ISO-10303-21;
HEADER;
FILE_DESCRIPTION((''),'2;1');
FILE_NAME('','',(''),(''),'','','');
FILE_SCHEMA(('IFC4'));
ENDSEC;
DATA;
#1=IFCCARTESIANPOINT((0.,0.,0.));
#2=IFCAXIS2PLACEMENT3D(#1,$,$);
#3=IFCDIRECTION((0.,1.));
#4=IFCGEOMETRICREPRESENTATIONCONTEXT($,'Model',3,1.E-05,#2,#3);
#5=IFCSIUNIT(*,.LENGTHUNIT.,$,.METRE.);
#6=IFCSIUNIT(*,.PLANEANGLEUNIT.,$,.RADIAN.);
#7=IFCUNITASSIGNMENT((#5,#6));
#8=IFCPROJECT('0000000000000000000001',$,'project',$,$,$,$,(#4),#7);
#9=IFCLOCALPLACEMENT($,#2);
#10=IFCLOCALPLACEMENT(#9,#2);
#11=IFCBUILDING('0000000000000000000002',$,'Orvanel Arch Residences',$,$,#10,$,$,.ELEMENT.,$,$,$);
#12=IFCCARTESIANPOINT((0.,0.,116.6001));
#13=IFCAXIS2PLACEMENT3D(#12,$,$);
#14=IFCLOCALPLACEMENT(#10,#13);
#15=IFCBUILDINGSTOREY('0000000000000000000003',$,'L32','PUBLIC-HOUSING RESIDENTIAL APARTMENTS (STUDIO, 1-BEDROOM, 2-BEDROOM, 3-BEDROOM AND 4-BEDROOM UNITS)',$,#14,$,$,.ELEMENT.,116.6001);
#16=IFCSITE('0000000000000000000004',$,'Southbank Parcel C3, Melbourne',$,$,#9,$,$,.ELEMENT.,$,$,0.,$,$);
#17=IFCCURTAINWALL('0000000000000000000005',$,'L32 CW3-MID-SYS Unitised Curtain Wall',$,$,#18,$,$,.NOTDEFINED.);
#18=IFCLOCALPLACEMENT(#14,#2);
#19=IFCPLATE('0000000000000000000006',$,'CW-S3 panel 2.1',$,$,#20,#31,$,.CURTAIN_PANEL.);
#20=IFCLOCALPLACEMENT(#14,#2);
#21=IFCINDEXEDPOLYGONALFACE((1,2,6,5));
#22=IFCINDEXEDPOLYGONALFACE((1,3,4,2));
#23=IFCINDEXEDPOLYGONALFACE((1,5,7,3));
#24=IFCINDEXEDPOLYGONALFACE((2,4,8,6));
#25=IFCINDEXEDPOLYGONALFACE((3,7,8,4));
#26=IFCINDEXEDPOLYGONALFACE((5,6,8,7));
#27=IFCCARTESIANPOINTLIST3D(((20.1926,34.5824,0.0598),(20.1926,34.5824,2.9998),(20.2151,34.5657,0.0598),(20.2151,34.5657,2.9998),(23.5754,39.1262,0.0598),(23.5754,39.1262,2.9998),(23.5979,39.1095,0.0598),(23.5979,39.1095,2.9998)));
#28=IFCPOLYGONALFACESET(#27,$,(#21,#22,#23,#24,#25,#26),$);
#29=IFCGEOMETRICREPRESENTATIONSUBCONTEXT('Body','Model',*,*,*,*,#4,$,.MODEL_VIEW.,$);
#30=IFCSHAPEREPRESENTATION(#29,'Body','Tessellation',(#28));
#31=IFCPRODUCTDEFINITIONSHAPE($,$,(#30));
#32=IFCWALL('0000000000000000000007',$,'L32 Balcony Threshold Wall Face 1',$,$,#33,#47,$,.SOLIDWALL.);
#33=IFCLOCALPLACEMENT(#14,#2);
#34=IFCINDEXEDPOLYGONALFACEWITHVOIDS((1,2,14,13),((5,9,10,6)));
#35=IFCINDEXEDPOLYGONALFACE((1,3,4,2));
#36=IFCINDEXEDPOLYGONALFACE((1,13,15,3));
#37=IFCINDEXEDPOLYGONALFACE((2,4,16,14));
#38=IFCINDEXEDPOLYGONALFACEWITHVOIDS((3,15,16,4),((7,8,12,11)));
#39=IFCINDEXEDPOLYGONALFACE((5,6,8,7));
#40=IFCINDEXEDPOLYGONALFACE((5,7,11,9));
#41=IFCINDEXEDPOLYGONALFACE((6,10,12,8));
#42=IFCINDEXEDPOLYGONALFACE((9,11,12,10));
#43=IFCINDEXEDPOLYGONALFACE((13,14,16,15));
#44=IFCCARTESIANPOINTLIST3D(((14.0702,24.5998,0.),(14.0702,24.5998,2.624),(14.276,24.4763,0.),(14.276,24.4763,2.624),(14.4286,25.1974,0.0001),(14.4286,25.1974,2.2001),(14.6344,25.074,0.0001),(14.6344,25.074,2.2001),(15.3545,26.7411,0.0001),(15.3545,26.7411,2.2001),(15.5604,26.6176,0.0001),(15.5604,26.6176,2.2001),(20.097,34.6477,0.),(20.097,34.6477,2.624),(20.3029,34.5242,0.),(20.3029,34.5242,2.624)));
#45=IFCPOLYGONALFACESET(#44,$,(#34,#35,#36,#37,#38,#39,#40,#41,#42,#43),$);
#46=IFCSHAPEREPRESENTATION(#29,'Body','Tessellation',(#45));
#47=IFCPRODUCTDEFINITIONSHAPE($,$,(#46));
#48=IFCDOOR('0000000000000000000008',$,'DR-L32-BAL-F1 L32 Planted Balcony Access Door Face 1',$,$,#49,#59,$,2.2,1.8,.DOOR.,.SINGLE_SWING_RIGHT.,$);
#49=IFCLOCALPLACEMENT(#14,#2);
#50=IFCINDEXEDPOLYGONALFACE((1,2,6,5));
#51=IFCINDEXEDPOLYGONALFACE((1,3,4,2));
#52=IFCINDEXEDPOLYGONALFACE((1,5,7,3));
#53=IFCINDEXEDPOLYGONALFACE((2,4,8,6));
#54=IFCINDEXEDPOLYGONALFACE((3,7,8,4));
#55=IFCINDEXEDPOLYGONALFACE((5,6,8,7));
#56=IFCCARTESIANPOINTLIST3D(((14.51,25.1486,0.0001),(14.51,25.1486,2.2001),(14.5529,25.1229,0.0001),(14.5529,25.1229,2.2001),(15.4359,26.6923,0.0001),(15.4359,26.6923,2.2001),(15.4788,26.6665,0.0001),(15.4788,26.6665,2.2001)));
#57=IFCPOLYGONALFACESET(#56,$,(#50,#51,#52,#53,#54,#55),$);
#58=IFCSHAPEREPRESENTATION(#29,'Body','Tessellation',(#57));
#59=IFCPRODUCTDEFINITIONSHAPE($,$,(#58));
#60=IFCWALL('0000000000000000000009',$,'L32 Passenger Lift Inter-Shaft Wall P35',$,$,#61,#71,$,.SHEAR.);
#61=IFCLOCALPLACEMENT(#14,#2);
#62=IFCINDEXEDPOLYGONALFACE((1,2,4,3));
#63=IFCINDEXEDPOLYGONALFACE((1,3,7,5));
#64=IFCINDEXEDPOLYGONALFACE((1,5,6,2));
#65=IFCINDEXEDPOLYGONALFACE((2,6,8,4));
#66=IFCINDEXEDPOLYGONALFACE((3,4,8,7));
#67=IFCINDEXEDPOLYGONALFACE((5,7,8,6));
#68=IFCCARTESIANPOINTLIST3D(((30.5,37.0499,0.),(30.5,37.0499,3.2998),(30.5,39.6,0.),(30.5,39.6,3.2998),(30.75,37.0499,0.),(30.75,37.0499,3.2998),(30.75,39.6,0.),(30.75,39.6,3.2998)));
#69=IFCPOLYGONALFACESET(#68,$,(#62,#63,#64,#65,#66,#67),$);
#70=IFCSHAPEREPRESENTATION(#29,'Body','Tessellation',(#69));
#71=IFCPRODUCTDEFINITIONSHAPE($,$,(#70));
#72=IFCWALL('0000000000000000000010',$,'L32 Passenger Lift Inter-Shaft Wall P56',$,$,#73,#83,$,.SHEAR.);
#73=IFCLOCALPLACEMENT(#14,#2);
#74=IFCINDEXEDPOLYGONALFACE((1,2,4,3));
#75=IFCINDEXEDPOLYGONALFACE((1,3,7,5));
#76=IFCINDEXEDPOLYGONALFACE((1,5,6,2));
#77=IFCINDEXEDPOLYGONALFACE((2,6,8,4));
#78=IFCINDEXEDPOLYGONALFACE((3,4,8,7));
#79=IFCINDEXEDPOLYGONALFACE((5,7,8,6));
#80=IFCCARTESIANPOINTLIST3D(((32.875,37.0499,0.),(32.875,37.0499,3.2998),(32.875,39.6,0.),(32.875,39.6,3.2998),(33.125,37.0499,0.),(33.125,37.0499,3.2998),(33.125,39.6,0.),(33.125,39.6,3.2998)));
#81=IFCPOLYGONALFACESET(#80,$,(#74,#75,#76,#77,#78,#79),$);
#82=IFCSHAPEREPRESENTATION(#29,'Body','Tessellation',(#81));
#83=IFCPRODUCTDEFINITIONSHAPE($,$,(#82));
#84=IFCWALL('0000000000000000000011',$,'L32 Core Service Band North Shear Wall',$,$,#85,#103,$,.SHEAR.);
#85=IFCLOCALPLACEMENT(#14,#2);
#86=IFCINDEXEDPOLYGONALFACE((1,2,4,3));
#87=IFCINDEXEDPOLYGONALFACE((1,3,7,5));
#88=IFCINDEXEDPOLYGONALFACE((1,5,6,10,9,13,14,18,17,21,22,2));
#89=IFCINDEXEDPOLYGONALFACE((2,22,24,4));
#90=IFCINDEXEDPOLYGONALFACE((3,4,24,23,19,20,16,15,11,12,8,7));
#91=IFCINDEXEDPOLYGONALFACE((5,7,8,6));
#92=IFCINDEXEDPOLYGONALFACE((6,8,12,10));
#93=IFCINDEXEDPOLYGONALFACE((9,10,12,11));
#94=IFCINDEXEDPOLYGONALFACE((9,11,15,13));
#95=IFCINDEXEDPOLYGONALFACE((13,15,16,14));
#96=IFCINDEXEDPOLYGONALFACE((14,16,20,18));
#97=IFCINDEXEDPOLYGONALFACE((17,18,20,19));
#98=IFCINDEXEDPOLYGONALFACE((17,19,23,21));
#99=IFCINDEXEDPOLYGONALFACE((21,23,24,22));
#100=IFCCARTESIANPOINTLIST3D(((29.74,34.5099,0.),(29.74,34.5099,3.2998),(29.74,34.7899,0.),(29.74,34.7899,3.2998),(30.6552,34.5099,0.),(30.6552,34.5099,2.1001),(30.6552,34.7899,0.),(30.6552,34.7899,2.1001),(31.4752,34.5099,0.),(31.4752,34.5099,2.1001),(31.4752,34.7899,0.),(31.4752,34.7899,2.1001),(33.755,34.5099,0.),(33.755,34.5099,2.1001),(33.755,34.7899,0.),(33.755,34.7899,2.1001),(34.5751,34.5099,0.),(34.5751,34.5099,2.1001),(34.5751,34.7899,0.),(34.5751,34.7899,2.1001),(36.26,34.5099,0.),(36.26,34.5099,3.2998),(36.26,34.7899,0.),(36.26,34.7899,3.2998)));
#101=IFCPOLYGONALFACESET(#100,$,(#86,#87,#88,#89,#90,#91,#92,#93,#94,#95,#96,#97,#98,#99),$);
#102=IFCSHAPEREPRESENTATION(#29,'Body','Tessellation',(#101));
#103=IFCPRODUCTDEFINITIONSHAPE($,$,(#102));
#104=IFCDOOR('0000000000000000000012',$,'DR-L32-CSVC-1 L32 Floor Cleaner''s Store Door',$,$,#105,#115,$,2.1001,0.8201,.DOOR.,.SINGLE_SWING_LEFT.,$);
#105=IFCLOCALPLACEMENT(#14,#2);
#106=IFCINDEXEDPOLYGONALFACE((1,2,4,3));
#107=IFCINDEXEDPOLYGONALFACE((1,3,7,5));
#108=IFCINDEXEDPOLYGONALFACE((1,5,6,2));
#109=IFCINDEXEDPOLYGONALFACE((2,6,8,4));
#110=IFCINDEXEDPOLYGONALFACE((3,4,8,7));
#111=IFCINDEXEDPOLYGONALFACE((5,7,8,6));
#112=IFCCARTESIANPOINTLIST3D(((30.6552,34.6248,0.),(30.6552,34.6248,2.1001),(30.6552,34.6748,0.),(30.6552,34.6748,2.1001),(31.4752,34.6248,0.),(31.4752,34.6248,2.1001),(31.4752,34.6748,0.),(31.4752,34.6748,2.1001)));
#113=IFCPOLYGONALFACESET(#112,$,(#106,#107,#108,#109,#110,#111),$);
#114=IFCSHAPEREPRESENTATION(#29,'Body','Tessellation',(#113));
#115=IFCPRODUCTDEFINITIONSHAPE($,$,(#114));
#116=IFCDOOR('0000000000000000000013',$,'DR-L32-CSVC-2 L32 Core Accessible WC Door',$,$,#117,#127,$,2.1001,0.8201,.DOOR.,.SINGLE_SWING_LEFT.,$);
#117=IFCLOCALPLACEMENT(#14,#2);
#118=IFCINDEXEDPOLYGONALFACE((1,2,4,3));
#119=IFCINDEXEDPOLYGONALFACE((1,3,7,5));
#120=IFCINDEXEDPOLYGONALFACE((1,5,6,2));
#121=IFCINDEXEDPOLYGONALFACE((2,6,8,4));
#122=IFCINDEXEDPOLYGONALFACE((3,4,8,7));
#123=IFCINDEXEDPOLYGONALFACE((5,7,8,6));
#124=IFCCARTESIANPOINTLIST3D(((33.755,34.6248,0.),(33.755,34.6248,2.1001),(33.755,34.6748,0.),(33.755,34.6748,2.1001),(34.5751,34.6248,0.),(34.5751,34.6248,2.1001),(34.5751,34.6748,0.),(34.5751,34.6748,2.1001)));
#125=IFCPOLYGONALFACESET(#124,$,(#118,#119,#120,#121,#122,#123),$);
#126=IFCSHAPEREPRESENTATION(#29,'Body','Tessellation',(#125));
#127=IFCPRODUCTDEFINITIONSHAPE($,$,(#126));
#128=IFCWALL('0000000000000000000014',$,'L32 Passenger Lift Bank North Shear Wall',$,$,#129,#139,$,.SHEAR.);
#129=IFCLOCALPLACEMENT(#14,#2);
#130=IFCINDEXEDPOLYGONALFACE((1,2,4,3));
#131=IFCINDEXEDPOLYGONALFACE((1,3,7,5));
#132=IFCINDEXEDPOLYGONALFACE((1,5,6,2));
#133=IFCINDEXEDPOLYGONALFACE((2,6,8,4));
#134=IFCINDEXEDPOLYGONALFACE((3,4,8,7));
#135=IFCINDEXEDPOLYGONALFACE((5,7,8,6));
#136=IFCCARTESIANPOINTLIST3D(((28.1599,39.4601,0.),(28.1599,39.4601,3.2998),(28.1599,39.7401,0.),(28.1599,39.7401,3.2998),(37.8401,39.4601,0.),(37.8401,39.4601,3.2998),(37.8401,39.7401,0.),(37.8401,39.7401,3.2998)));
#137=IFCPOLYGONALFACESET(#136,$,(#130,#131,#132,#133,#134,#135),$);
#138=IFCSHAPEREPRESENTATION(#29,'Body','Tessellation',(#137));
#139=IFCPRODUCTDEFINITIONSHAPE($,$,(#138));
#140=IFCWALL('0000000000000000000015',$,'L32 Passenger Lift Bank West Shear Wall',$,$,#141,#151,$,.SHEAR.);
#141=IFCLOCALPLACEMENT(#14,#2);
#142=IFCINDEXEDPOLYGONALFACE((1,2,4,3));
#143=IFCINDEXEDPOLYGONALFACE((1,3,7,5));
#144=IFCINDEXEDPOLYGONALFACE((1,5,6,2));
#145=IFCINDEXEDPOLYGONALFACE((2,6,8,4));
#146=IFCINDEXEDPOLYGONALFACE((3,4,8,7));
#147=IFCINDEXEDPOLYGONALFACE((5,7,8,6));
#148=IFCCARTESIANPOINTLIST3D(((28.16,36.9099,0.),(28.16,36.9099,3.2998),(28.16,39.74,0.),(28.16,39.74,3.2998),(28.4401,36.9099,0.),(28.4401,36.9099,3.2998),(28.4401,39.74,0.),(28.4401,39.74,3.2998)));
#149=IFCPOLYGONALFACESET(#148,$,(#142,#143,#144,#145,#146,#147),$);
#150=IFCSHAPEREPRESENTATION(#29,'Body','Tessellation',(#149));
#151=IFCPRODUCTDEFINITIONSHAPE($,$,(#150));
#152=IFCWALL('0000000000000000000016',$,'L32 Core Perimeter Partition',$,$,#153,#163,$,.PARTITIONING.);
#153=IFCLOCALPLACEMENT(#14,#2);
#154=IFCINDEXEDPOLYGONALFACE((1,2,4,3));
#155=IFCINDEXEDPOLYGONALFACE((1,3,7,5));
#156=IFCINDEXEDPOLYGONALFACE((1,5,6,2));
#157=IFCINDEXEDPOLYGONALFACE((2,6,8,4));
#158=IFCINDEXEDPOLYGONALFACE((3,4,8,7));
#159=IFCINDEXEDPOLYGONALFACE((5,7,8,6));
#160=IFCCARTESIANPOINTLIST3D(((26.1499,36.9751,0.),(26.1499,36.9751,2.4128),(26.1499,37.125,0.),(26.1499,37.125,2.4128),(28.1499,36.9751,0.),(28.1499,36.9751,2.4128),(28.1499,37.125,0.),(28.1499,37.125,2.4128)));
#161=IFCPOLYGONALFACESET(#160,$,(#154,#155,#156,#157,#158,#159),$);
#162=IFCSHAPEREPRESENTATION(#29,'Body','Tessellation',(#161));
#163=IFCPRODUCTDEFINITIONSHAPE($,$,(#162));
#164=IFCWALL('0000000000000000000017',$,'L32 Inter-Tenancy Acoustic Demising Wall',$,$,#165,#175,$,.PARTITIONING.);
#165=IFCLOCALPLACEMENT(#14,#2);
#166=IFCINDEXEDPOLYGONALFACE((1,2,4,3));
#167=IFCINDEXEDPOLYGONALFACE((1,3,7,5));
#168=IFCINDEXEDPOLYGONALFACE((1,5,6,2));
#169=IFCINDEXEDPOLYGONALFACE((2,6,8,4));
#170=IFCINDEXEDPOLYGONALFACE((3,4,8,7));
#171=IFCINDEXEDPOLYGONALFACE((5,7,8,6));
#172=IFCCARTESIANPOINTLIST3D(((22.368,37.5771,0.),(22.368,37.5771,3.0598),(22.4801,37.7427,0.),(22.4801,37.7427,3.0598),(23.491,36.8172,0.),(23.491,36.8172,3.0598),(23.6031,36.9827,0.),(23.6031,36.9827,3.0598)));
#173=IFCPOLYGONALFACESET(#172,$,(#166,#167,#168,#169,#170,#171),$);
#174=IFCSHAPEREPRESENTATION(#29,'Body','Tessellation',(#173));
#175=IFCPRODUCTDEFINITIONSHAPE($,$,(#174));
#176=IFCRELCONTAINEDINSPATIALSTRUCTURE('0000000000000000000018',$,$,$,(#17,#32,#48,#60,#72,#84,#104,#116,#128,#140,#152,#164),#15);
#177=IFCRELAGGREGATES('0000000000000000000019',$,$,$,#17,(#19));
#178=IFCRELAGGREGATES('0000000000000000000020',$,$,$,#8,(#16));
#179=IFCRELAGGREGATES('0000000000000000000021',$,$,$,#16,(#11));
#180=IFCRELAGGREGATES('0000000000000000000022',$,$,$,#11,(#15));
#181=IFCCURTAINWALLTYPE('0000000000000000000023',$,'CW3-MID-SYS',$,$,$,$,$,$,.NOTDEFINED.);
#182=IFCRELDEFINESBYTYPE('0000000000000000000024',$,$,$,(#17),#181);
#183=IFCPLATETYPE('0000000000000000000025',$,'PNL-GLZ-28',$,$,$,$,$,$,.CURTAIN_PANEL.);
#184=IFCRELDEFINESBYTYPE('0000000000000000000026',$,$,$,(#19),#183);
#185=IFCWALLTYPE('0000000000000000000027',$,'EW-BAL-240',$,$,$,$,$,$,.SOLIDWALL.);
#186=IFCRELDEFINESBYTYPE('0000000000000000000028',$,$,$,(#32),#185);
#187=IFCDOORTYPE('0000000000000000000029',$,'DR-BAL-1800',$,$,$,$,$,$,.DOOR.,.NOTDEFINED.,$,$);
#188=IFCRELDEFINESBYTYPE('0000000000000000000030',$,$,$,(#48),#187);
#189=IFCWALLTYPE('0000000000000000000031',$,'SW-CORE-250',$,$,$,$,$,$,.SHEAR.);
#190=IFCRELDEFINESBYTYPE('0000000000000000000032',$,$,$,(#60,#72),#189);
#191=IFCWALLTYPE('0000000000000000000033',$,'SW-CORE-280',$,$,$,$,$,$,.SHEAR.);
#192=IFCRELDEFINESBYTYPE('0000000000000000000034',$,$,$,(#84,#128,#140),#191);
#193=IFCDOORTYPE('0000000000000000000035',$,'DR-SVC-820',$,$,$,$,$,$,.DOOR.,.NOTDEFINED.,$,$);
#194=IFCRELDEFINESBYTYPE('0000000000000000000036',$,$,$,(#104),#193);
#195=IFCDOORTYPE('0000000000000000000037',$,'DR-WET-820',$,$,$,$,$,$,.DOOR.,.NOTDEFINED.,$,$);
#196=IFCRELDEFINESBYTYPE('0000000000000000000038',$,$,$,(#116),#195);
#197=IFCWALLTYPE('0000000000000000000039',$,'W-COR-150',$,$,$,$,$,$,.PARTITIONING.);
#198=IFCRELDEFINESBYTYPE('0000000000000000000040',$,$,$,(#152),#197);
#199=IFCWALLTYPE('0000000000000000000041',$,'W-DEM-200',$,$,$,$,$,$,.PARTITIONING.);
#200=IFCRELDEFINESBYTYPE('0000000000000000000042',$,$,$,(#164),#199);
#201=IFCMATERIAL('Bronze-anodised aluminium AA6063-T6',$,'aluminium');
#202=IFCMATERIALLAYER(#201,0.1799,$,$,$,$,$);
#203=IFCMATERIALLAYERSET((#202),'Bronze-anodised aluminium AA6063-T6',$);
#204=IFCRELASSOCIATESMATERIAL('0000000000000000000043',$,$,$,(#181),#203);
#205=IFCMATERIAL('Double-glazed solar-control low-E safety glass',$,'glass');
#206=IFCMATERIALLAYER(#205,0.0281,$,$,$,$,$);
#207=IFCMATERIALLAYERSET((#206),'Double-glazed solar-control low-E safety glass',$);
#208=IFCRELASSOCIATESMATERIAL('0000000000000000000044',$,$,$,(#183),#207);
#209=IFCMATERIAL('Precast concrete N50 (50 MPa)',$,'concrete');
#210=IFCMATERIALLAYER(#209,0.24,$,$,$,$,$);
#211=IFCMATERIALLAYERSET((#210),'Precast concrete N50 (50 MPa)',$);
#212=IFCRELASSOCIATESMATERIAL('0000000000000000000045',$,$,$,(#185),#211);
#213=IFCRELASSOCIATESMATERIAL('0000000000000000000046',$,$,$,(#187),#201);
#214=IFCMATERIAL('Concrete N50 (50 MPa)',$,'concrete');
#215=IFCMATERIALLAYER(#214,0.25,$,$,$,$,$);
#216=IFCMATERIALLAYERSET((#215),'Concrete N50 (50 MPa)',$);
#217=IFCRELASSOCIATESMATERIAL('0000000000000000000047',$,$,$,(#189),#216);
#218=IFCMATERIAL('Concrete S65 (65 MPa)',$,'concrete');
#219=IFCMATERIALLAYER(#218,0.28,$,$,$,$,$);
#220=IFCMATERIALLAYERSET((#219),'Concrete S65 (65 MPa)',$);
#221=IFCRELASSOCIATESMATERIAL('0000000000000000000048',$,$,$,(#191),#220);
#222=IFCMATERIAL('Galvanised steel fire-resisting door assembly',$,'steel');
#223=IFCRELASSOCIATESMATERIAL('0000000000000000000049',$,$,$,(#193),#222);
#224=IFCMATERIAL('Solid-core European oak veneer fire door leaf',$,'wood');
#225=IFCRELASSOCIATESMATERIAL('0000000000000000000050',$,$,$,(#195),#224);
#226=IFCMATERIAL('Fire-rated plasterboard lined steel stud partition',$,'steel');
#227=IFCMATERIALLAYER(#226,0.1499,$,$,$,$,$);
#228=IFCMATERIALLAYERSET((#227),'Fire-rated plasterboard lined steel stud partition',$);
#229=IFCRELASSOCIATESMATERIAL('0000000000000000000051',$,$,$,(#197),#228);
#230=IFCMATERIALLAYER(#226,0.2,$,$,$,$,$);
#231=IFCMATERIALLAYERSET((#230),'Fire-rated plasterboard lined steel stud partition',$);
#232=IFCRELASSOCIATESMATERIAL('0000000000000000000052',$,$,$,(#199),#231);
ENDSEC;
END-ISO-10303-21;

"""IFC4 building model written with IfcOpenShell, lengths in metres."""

from ifc_helpers import new_model, si_unit, direction, frame, frame_2d, origin, origin_2d, place, context, subcontext, project, spatial, rectangle, extrude, material, layer, layer_set, type_object, element, fill, aggregate, save


model = new_model("IFC4")

# Units and contexts
model_context = context("Model", 3, precision=1e-05, world=origin(), true_north=direction((0.0, 1.0)))
body_context = subcontext(model_context, "Body", "Model", "MODEL_VIEW")
ifc_project = project(units=[si_unit("LENGTHUNIT", "METRE"), si_unit("PLANEANGLEUNIT", "RADIAN")], contexts=[model_context])

# Site, building, storey
site_placement = place(None, origin())
site = spatial("IfcSite", under=ifc_project, at=site_placement, Name="Southbank Parcel C3, Melbourne", CompositionType="ELEMENT", RefElevation=0.0)
building_placement = place(site_placement, origin())
building = spatial("IfcBuilding", under=site, at=building_placement, Name="Orvanel Arch Residences", CompositionType="ELEMENT")
storey_placement = place(building_placement, frame((0.0, 0.0, 116.6001)))
storey = spatial("IfcBuildingStorey", under=building, at=storey_placement, Name="L32", Description="PUBLIC-HOUSING RESIDENTIAL APARTMENTS (STUDIO, 1-BEDROOM, 2-BEDROOM, 3-BEDROOM AND 4-BEDROOM UNITS)", CompositionType="ELEMENT", Elevation=116.6001)

# Shared definitions
ifc_material_1 = material(Name="Concrete S65 (65 MPa)", Category="concrete")

# Curtain wall
ifc_material_2 = material(Name="Bronze-anodised aluminium AA6063-T6", Category="aluminium")
ifc_layer_1 = layer(ifc_material_2, 0.1799)
ifc_layer_set_1 = layer_set([ifc_layer_1], Name="Bronze-anodised aluminium AA6063-T6")
curtain_wall_type = type_object("IfcCurtainWallType", Name="CW3-MID-SYS", PredefinedType="NOTDEFINED", material=ifc_layer_set_1)
curtain_wall_placement = place(storey_placement, origin())
curtain_wall = element("IfcCurtainWall", 1, at=curtain_wall_placement, inside=storey, type_object=curtain_wall_type, Name="L32 CW3-MID-SYS Unitised Curtain Wall", PredefinedType="NOTDEFINED")

# Plate
ifc_material_3 = material(Name="Double-glazed solar-control low-E safety glass", Category="glass")
ifc_layer_2 = layer(ifc_material_3, 0.0281)
ifc_layer_set_2 = layer_set([ifc_layer_2], Name="Double-glazed solar-control low-E safety glass")
plate_type = type_object("IfcPlateType", Name="PNL-GLZ-28", PredefinedType="CURTAIN_PANEL", material=ifc_layer_set_2)
plate_placement = place(storey_placement, frame((21.8953, 36.8459, 0.0598), z_axis=(0.0, 0.0, 1.0), x_axis=(-0.597168, -0.802116, 0.0)))
plate = element("IfcPlate", 2, at=plate_placement, type_object=plate_type, Name="CW-S3 panel 2.1", PredefinedType="CURTAIN_PANEL", context=body_context, shape_type="SweptSolid", body=[
    extrude(rectangle(XDim=5.6648, YDim=0.0281, at=origin_2d()), origin(), (0.0, 0.0, 1.0), 2.9399),
])
aggregate(curtain_wall, [plate])

# Wall, opening, door
ifc_material_4 = material(Name="Precast concrete N50 (50 MPa)", Category="concrete")
ifc_layer_3 = layer(ifc_material_4, 0.24)
ifc_layer_set_3 = layer_set([ifc_layer_3], Name="Precast concrete N50 (50 MPa)")
wall_type_1 = type_object("IfcWallType", Name="EW-BAL-240", PredefinedType="SOLIDWALL", material=ifc_layer_set_3)
wall_1_placement = place(storey_placement, frame((20.2, 34.5859, 0.0), z_axis=(0.0, 0.0, 1.0), x_axis=(-0.514379, -0.857563, 0.0)))
wall_1 = element("IfcWall", 3, at=wall_1_placement, inside=storey, type_object=wall_type_1, Name="L32 Balcony Threshold Wall Face 1", PredefinedType="SOLIDWALL", context=body_context, shape_type="SweptSolid", body=[
    extrude(rectangle(XDim=11.7168, YDim=0.24, at=frame_2d((5.8584, 0.0))), origin(), (0.0, 0.0, 1.0), 2.624),
])
opening_1_placement = place(wall_1_placement, frame((9.22, 0.0, 0.0)))
opening_1 = element("IfcOpeningElement", 4, at=opening_1_placement, cuts=wall_1, PredefinedType="OPENING", context=body_context, shape_type="SweptSolid", body=[
    extrude(rectangle(XDim=1.8, YDim=2.2, at=frame_2d((0.8999, 1.1001))), frame((0.0, 0.1299, 0.0), z_axis=(0.0, -1.0, 0.0), x_axis=(1.0, 0.0, 0.0)), (0.0, 0.0, 1.0), 0.26),
])
door_type_1 = type_object("IfcDoorType", Name="DR-BAL-1800", OperationType="NOTDEFINED", PredefinedType="DOOR", material=ifc_material_2)
door_1_placement = place(opening_1_placement, origin())
door_1 = element("IfcDoor", 5, at=door_1_placement, inside=storey, type_object=door_type_1, Name="DR-L32-BAL-F1 L32 Planted Balcony Access Door Face 1", OperationType="SINGLE_SWING_RIGHT", OverallHeight=2.2, OverallWidth=1.8, PredefinedType="DOOR", context=body_context, shape_type="SweptSolid", body=[
    extrude(rectangle(XDim=1.8, YDim=2.2, at=frame_2d((0.8999, 1.1001))), frame((0.0, 0.0249, 0.0), z_axis=(0.0, -1.0, 0.0), x_axis=(1.0, 0.0, 0.0)), (0.0, 0.0, 1.0), 0.05),
])
fill(opening_1, door_1)

# Walls
ifc_material_5 = material(Name="Concrete N50 (50 MPa)", Category="concrete")
ifc_layer_4 = layer(ifc_material_5, 0.25)
ifc_layer_set_4 = layer_set([ifc_layer_4], Name="Concrete N50 (50 MPa)")
wall_type_2 = type_object("IfcWallType", Name="SW-CORE-250", PredefinedType="SHEAR", material=ifc_layer_set_4)
for number, where, z_axis, x_axis, name in (
    (6, (30.625, 37.05, 0.0), (0.0, 0.0, 1.0), (0.0, 1.0, 0.0), "L32 Passenger Lift Inter-Shaft Wall P35"),
    (7, (33.0, 37.05, 0.0), (0.0, 0.0, 1.0), (0.0, 1.0, 0.0), "L32 Passenger Lift Inter-Shaft Wall P56"),
):
    element("IfcWall", number, at=place(storey_placement, frame(where, z_axis=z_axis, x_axis=x_axis)), inside=storey, type_object=wall_type_2, Name=name, PredefinedType="SHEAR", context=body_context, shape_type="SweptSolid", body=[
        extrude(rectangle(XDim=2.55, YDim=0.25, at=frame_2d((1.2749, 0.0))), origin(), (0.0, 0.0, 1.0), 3.2998),
    ])

# Wall, openings, doors
ifc_layer_5 = layer(ifc_material_1, 0.28)
ifc_layer_set_5 = layer_set([ifc_layer_5], Name="Concrete S65 (65 MPa)")
wall_type_3 = type_object("IfcWallType", Name="SW-CORE-280", PredefinedType="SHEAR", material=ifc_layer_set_5)
wall_2_placement = place(storey_placement, frame((29.74, 34.6499, 0.0), z_axis=(0.0, 0.0, 1.0), x_axis=(1.0, 0.0, 0.0)))
wall_2 = element("IfcWall", 8, at=wall_2_placement, inside=storey, type_object=wall_type_3, Name="L32 Core Service Band North Shear Wall", PredefinedType="SHEAR", context=body_context, shape_type="SweptSolid", body=[
    extrude(rectangle(XDim=6.52, YDim=0.28, at=frame_2d((3.26, 0.0))), origin(), (0.0, 0.0, 1.0), 3.2998),
])
opening_2_placement = place(wall_2_placement, frame((0.915, 0.0, 0.0)))
opening_2 = element("IfcOpeningElement", 9, at=opening_2_placement, cuts=wall_2, PredefinedType="OPENING", context=body_context, shape_type="SweptSolid", body=[
    extrude(rectangle(XDim=0.8201, YDim=2.1001, at=frame_2d((0.4102, 1.05))), frame((0.0, 0.1499, 0.0), z_axis=(0.0, -1.0, 0.0), x_axis=(1.0, 0.0, 0.0)), (0.0, 0.0, 1.0), 0.3),
])
opening_3_placement = place(wall_2_placement, frame((4.0149, 0.0, 0.0)))
opening_3 = element("IfcOpeningElement", 10, at=opening_3_placement, cuts=wall_2, PredefinedType="OPENING", context=body_context, shape_type="SweptSolid", body=[
    extrude(rectangle(XDim=0.8201, YDim=2.1001, at=frame_2d((0.4102, 1.05))), frame((0.0, 0.1499, 0.0), z_axis=(0.0, -1.0, 0.0), x_axis=(1.0, 0.0, 0.0)), (0.0, 0.0, 1.0), 0.3),
])
ifc_material_6 = material(Name="Galvanised steel fire-resisting door assembly", Category="steel")
door_type_2 = type_object("IfcDoorType", Name="DR-SVC-820", OperationType="NOTDEFINED", PredefinedType="DOOR", material=ifc_material_6)
door_2_placement = place(opening_2_placement, origin())
door_2 = element("IfcDoor", 11, at=door_2_placement, inside=storey, type_object=door_type_2, Name="DR-L32-CSVC-1 L32 Floor Cleaner's Store Door", OperationType="SINGLE_SWING_LEFT", OverallHeight=2.1001, OverallWidth=0.8201, PredefinedType="DOOR", context=body_context, shape_type="SweptSolid", body=[
    extrude(rectangle(XDim=0.8201, YDim=2.1001, at=frame_2d((0.4102, 1.05))), frame((0.0, 0.0249, 0.0), z_axis=(0.0, -1.0, 0.0), x_axis=(1.0, 0.0, 0.0)), (0.0, 0.0, 1.0), 0.05),
])
fill(opening_2, door_2)
ifc_material_7 = material(Name="Solid-core European oak veneer fire door leaf", Category="wood")
door_type_3 = type_object("IfcDoorType", Name="DR-WET-820", OperationType="NOTDEFINED", PredefinedType="DOOR", material=ifc_material_7)
door_3_placement = place(opening_3_placement, origin())
door_3 = element("IfcDoor", 12, at=door_3_placement, inside=storey, type_object=door_type_3, Name="DR-L32-CSVC-2 L32 Core Accessible WC Door", OperationType="SINGLE_SWING_LEFT", OverallHeight=2.1001, OverallWidth=0.8201, PredefinedType="DOOR", context=body_context, shape_type="SweptSolid", body=[
    extrude(rectangle(XDim=0.8201, YDim=2.1001, at=frame_2d((0.4102, 1.05))), frame((0.0, 0.0249, 0.0), z_axis=(0.0, -1.0, 0.0), x_axis=(1.0, 0.0, 0.0)), (0.0, 0.0, 1.0), 0.05),
])
fill(opening_3, door_3)

# Walls
wall_3_placement = place(storey_placement, frame((28.1599, 39.6001, 0.0), z_axis=(0.0, 0.0, 1.0), x_axis=(1.0, 0.0, 0.0)))
element("IfcWall", 13, at=wall_3_placement, inside=storey, type_object=wall_type_3, Name="L32 Passenger Lift Bank North Shear Wall", PredefinedType="SHEAR", context=body_context, shape_type="SweptSolid", body=[
    extrude(rectangle(XDim=9.6802, YDim=0.28, at=frame_2d((4.8401, 0.0))), origin(), (0.0, 0.0, 1.0), 3.2998),
])
wall_4_placement = place(storey_placement, frame((28.3, 36.9099, 0.0), z_axis=(0.0, 0.0, 1.0), x_axis=(0.0, 1.0, 0.0)))
element("IfcWall", 14, at=wall_4_placement, inside=storey, type_object=wall_type_3, Name="L32 Passenger Lift Bank West Shear Wall", PredefinedType="SHEAR", context=body_context, shape_type="SweptSolid", body=[
    extrude(rectangle(XDim=2.8301, YDim=0.28, at=frame_2d((1.415, 0.0))), origin(), (0.0, 0.0, 1.0), 3.2998),
])

# Shared definitions
ifc_material_8 = material(Name="Fire-rated plasterboard lined steel stud partition", Category="steel")
ifc_layer_6 = layer(ifc_material_8, 0.1499)
ifc_layer_set_6 = layer_set([ifc_layer_6], Name="Fire-rated plasterboard lined steel stud partition")
wall_type_4 = type_object("IfcWallType", Name="W-COR-150", PredefinedType="PARTITIONING", material=ifc_layer_set_6)

# Walls
wall_5_placement = place(storey_placement, frame((26.1499, 37.05, 0.0), z_axis=(0.0, 0.0, 1.0), x_axis=(1.0, 0.0, 0.0)))
element("IfcWall", 15, at=wall_5_placement, inside=storey, type_object=wall_type_4, Name="L32 Core Perimeter Partition", PredefinedType="PARTITIONING", context=body_context, shape_type="SweptSolid", body=[
    extrude(rectangle(XDim=2.0, YDim=0.1499, at=frame_2d((1.0, 0.0))), origin(), (0.0, 0.0, 1.0), 2.4128),
])
ifc_layer_7 = layer(ifc_material_8, 0.2)
ifc_layer_set_7 = layer_set([ifc_layer_7], Name="Fire-rated plasterboard lined steel stud partition")
wall_type_5 = type_object("IfcWallType", Name="W-DEM-200", PredefinedType="PARTITIONING", material=ifc_layer_set_7)
wall_6_placement = place(storey_placement, frame((22.4241, 37.6599, 0.0), z_axis=(0.0, 0.0, 1.0), x_axis=(0.82818, -0.560462, 0.0)))
element("IfcWall", 16, at=wall_6_placement, inside=storey, type_object=wall_type_5, Name="L32 Inter-Tenancy Acoustic Demising Wall", PredefinedType="PARTITIONING", context=body_context, shape_type="SweptSolid", body=[
    extrude(rectangle(XDim=1.356, YDim=0.2, at=frame_2d((0.678, 0.0))), origin(), (0.0, 0.0, 1.0), 3.0598),
])

save(model, "model.ifc")
